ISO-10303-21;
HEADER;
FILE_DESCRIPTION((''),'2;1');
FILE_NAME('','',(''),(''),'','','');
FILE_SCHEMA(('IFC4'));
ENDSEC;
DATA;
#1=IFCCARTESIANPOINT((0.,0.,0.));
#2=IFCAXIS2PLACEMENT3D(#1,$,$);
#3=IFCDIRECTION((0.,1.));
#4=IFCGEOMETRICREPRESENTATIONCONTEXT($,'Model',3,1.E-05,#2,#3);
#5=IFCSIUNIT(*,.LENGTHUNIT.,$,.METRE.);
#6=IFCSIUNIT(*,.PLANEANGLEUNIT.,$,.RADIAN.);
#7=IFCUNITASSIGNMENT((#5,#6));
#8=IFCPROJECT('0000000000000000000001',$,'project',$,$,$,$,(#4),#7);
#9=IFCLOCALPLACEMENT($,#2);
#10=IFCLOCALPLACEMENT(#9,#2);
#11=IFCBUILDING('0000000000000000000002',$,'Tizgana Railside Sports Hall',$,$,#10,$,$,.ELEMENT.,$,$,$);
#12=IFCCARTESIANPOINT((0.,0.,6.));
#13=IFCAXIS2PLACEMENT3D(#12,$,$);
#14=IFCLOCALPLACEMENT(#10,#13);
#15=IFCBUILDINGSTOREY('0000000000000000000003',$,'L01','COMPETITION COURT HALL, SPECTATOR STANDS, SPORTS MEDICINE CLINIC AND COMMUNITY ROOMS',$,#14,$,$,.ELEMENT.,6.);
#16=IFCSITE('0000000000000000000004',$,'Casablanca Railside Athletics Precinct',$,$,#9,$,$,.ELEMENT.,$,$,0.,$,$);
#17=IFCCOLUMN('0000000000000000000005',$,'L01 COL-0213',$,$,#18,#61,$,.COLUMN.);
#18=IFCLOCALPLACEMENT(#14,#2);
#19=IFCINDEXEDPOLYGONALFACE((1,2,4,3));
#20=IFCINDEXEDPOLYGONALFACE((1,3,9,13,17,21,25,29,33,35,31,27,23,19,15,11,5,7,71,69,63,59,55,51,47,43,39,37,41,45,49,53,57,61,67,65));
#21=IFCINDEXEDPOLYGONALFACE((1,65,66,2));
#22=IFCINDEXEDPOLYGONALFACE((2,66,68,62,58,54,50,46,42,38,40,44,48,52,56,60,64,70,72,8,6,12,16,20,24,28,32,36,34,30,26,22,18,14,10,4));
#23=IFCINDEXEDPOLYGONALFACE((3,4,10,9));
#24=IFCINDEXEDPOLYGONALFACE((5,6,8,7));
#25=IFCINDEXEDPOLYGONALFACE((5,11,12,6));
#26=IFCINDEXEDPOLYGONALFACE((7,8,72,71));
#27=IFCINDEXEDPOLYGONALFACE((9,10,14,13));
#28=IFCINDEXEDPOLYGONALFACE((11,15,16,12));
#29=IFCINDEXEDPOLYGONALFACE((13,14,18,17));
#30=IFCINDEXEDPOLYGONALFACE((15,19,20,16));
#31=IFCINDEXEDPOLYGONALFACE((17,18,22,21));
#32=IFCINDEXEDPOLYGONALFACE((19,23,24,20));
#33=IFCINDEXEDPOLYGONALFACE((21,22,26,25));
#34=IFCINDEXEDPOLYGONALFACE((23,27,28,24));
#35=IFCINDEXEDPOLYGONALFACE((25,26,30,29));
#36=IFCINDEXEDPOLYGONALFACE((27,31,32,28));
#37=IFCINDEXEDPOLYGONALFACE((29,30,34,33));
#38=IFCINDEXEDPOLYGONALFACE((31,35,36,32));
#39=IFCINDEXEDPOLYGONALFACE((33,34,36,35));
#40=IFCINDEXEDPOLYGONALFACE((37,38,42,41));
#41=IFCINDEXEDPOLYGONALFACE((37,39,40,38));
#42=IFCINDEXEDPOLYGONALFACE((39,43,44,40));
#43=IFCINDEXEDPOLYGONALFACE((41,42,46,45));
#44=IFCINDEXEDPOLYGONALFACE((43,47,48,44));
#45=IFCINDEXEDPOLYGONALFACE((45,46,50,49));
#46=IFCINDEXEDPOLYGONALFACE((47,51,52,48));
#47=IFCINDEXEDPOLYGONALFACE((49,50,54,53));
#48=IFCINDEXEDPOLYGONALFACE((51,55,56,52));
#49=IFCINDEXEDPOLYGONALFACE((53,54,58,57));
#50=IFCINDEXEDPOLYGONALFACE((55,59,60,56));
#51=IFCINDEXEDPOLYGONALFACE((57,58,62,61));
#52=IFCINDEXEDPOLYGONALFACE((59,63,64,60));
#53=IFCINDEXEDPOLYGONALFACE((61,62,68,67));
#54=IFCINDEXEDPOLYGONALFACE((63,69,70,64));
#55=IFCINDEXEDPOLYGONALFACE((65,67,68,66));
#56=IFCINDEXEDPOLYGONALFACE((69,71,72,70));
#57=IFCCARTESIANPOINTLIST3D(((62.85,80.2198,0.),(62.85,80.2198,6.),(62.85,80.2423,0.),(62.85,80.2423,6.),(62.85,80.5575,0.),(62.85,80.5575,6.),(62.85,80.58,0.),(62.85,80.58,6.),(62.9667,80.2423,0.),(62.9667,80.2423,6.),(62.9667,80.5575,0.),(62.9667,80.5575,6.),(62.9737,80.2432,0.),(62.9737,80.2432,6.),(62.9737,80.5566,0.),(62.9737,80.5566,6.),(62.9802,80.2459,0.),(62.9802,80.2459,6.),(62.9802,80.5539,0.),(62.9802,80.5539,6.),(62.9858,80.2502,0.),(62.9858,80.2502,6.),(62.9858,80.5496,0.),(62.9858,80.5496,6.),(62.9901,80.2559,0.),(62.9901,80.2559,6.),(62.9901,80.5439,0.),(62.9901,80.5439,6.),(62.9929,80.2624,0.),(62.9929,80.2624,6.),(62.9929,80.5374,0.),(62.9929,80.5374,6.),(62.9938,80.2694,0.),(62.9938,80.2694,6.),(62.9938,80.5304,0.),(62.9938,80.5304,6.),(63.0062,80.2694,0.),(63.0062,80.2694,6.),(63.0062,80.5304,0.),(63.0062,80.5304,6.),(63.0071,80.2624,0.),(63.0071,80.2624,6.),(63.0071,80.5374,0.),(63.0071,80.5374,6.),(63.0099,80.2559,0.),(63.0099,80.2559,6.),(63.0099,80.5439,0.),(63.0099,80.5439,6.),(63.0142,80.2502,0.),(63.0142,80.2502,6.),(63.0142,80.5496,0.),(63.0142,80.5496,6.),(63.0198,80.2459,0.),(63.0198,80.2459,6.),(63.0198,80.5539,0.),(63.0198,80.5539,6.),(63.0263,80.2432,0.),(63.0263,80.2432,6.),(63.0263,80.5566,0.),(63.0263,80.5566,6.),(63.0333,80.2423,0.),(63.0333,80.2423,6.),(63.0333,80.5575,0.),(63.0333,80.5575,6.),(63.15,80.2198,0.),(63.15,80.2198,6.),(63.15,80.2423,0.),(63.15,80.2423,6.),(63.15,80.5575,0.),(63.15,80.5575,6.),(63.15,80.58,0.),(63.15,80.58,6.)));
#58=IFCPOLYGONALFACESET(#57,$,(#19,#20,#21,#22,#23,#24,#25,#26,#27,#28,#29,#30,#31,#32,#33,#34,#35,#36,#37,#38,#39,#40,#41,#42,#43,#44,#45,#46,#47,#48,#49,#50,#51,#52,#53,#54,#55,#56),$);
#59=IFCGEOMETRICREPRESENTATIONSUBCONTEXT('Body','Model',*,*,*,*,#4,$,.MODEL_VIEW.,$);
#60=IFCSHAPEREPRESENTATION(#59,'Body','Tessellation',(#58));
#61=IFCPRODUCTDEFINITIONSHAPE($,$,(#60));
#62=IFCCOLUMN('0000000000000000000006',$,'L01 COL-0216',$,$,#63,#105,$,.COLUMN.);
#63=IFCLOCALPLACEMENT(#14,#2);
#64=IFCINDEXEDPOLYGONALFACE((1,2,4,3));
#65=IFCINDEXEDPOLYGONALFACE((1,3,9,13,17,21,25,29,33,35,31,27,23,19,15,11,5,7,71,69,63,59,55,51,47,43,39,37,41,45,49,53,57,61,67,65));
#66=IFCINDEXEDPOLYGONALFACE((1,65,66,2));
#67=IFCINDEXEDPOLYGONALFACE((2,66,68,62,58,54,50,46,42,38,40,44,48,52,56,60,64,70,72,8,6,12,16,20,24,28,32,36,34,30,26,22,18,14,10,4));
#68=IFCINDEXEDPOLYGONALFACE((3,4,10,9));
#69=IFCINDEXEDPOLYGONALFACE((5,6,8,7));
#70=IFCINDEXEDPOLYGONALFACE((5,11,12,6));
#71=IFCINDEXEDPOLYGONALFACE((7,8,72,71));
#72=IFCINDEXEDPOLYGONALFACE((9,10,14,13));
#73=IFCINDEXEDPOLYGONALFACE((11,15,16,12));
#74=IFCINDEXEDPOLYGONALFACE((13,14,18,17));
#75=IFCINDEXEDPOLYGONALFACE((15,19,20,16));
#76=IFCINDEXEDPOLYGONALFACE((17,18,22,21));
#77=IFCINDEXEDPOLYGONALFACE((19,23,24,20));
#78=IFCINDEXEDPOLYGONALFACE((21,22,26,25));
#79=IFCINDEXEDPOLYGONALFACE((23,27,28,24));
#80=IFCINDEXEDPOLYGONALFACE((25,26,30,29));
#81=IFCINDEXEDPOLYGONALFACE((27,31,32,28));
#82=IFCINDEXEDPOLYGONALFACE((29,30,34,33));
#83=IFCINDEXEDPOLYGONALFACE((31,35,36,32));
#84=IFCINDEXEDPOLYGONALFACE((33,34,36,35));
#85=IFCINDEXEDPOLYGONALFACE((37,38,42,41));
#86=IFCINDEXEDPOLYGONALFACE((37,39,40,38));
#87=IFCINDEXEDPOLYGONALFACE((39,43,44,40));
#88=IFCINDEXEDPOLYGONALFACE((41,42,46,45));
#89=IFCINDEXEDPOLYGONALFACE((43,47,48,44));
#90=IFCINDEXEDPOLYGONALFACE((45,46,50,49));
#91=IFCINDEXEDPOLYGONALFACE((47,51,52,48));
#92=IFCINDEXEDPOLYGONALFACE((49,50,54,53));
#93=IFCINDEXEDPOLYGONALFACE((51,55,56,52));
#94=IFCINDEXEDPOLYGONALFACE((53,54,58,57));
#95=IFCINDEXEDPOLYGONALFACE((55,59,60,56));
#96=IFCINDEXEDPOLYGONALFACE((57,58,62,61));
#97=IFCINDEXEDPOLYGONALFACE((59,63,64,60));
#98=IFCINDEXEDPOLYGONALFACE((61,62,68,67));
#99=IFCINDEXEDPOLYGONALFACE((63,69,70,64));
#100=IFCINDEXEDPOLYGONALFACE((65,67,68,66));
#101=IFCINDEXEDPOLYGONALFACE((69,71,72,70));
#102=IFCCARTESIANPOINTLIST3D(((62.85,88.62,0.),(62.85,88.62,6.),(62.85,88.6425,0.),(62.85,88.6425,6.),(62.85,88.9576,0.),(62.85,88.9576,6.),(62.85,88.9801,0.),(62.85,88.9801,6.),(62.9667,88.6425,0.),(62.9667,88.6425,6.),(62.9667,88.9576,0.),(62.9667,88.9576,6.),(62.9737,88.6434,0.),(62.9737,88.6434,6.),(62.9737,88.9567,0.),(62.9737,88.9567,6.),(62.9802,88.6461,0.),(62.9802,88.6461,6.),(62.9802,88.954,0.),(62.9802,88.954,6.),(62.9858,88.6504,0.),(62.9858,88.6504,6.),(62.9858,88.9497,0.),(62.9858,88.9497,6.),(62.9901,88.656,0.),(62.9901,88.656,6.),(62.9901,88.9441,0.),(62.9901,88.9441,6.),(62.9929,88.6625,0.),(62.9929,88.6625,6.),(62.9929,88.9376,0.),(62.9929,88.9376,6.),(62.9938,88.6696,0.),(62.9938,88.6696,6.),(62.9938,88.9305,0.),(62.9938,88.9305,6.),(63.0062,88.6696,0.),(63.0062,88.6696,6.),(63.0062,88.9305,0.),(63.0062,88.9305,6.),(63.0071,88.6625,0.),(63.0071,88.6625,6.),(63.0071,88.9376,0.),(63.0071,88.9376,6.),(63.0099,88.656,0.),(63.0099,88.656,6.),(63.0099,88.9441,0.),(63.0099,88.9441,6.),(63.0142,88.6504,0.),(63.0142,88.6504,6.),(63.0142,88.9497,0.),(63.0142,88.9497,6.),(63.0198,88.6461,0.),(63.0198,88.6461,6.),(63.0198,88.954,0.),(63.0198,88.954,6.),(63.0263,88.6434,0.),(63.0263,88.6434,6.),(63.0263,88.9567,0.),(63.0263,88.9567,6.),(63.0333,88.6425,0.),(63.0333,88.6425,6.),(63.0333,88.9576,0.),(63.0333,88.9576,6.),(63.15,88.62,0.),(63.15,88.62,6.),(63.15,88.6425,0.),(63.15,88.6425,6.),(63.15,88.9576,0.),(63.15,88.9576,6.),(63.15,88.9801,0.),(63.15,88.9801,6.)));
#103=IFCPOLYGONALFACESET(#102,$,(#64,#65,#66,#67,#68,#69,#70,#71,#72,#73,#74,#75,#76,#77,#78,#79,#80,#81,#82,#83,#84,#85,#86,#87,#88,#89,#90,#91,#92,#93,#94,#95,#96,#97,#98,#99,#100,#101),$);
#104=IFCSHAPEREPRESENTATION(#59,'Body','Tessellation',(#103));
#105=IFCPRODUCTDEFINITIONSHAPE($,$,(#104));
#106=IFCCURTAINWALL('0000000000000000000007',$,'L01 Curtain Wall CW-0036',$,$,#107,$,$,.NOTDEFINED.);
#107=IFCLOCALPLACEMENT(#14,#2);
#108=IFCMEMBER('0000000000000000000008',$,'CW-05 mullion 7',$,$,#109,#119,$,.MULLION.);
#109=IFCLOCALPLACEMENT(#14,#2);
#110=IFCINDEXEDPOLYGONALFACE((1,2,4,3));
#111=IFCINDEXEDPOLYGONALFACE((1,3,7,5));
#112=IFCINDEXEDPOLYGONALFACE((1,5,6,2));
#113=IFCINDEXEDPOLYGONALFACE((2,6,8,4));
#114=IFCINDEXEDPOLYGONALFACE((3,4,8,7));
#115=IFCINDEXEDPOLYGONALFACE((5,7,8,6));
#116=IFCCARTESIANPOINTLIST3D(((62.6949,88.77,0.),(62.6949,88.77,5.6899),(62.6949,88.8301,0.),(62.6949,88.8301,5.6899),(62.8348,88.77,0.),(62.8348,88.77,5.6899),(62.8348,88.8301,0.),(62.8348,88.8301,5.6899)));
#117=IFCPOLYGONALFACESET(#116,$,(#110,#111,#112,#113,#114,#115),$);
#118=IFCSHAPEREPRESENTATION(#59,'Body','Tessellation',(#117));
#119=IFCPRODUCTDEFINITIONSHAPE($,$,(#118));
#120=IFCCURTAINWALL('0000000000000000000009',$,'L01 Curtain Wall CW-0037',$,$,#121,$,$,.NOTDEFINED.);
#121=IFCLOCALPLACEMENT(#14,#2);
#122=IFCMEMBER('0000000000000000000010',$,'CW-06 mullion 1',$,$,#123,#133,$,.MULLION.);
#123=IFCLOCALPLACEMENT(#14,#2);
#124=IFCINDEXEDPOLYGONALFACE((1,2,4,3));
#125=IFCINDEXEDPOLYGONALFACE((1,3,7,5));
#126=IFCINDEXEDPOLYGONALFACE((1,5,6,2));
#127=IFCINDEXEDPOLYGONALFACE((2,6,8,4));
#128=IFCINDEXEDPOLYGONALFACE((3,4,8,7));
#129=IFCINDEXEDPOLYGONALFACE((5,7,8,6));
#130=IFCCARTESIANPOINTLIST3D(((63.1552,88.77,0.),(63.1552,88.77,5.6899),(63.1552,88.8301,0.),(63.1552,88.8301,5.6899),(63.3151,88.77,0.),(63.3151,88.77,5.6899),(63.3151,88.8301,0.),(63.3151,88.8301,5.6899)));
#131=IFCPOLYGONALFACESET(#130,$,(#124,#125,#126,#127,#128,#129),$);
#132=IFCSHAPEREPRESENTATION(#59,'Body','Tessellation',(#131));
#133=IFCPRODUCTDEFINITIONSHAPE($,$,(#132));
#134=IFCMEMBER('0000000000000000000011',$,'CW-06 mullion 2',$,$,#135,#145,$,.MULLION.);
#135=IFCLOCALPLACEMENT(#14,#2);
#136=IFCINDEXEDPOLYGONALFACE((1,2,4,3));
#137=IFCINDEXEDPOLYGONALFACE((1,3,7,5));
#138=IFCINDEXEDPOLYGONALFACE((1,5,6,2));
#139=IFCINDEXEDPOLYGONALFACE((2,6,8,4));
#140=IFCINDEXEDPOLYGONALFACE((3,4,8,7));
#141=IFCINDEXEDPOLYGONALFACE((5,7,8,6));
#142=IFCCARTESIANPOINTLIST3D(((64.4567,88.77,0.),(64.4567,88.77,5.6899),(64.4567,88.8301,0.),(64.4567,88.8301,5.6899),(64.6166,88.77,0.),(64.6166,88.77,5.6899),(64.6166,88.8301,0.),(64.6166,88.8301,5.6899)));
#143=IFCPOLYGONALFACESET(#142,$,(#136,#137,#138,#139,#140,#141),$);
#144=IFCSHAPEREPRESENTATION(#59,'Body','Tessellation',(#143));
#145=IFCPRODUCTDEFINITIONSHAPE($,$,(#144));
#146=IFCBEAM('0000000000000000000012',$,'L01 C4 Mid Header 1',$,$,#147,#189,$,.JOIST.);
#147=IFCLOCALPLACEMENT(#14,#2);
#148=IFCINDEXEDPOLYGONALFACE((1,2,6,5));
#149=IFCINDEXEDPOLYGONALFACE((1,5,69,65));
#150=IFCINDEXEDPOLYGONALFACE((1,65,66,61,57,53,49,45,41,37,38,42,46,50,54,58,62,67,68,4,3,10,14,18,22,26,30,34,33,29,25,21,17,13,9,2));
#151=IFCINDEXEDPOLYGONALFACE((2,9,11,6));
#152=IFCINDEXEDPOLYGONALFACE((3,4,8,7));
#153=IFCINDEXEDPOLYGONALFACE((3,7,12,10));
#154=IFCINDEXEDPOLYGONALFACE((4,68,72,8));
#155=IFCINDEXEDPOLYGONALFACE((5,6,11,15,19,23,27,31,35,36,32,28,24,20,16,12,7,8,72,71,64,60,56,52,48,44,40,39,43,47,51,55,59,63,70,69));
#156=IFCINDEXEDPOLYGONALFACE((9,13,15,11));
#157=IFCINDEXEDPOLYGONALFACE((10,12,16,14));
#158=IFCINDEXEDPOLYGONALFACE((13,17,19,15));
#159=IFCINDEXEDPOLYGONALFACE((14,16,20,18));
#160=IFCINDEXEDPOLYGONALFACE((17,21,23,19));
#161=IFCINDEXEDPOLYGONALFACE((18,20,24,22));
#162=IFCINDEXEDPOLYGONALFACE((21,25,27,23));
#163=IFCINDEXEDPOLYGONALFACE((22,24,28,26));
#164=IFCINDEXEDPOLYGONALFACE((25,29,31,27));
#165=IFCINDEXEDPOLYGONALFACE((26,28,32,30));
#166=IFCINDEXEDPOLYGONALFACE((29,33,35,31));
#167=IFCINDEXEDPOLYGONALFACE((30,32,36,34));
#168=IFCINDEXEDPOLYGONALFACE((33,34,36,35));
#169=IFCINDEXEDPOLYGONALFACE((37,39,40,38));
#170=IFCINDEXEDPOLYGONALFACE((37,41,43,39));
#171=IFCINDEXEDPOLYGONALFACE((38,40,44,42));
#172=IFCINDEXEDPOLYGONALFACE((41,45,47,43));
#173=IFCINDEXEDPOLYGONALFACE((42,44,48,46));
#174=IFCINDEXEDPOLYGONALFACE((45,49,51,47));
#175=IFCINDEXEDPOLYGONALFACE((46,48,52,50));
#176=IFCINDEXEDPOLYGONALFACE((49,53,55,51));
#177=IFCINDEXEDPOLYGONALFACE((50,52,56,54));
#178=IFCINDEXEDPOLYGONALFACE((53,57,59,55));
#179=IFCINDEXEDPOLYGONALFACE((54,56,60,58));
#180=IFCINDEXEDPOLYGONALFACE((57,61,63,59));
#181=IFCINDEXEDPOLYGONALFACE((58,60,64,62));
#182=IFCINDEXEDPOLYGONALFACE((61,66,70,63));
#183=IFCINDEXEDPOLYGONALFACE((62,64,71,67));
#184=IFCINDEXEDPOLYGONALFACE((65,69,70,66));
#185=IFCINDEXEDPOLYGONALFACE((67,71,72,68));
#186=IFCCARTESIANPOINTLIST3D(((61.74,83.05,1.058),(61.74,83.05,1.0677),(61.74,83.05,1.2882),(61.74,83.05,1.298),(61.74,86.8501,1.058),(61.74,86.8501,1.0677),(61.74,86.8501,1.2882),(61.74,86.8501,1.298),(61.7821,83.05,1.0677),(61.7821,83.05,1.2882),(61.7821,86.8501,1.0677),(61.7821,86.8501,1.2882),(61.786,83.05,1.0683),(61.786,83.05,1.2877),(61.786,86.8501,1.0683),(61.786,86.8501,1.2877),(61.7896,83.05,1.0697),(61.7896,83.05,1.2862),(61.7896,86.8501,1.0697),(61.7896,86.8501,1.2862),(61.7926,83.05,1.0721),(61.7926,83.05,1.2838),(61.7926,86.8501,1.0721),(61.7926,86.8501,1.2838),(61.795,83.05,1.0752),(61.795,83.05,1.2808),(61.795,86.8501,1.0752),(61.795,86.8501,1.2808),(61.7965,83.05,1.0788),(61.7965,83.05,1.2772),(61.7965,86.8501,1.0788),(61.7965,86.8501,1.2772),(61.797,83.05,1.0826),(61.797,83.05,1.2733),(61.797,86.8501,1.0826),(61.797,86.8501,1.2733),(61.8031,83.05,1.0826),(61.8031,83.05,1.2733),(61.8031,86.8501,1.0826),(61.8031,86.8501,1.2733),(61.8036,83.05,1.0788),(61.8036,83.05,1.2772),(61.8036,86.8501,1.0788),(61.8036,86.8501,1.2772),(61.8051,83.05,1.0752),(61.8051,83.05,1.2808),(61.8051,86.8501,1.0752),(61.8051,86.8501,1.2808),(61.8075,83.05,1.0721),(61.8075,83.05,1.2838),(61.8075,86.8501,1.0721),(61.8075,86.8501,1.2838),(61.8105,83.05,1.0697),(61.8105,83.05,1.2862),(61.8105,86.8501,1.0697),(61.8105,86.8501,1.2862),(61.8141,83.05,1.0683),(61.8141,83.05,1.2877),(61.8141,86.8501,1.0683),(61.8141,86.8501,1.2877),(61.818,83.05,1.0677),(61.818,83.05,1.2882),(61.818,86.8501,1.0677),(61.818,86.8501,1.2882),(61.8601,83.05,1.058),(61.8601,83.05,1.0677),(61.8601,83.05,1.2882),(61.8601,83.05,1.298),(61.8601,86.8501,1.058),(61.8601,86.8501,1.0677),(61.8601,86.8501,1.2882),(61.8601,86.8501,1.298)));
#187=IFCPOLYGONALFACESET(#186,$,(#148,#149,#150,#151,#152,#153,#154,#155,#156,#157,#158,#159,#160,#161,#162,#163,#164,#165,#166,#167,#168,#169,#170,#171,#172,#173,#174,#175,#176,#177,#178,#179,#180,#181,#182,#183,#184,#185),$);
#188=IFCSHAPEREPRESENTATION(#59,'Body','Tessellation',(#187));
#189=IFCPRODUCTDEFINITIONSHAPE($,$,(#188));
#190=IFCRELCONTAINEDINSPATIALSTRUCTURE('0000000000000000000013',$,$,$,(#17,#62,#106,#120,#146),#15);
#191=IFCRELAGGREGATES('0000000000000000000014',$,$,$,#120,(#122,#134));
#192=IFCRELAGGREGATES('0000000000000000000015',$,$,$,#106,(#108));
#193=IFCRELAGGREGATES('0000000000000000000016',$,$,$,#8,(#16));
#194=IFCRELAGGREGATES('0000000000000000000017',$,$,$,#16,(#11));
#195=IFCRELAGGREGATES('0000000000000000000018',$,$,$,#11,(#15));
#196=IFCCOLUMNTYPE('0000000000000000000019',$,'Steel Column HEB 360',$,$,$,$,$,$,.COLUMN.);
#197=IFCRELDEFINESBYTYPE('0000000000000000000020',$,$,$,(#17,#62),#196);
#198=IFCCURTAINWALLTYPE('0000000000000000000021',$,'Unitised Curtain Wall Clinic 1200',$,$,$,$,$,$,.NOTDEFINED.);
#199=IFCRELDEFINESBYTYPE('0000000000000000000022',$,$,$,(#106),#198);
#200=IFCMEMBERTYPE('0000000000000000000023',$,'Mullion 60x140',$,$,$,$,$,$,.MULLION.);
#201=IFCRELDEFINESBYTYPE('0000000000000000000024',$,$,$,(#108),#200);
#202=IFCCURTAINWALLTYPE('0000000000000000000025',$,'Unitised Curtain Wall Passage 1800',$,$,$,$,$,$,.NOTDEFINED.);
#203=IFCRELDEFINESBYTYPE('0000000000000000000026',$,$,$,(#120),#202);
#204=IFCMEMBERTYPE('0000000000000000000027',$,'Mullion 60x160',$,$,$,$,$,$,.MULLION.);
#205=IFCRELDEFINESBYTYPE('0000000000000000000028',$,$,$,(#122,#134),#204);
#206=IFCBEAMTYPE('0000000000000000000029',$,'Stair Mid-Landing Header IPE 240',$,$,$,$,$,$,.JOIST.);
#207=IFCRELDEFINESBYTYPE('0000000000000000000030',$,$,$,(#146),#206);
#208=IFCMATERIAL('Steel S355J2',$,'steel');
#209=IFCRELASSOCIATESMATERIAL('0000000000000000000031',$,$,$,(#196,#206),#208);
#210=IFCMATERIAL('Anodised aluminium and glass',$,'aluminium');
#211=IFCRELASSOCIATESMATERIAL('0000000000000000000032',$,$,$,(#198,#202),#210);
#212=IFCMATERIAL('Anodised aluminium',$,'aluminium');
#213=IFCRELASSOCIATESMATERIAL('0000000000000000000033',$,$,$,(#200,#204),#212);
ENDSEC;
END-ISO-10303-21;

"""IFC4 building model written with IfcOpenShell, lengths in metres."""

from ifc_helpers import new_model, si_unit, direction, frame, origin, origin_2d, place, context, subcontext, project, spatial, rectangle, i_section, extrude, material, material_profile, profile_set, type_object, element, aggregate, save


model = new_model("IFC4")

# Units and contexts
model_context = context("Model", 3, precision=1e-05, world=origin(), true_north=direction((0.0, 1.0)))
body_context = subcontext(model_context, "Body", "Model", "MODEL_VIEW")
ifc_project = project(units=[si_unit("LENGTHUNIT", "METRE"), si_unit("PLANEANGLEUNIT", "RADIAN")], contexts=[model_context])

# Site, building, storey
site_placement = place(None, origin())
site = spatial("IfcSite", under=ifc_project, at=site_placement, Name="Casablanca Railside Athletics Precinct", CompositionType="ELEMENT", RefElevation=0.0)
building_placement = place(site_placement, origin())
building = spatial("IfcBuilding", under=site, at=building_placement, Name="Tizgana Railside Sports Hall", CompositionType="ELEMENT")
storey_placement = place(building_placement, frame((0.0, 0.0, 6.0)))
storey = spatial("IfcBuildingStorey", under=building, at=storey_placement, Name="L01", Description="COMPETITION COURT HALL, SPECTATOR STANDS, SPORTS MEDICINE CLINIC AND COMMUNITY ROOMS", CompositionType="ELEMENT", Elevation=6.0)

# Columns
ifc_material_1 = material(Name="Steel S355J2", Category="steel")
ifc_material_profile_1 = material_profile(ifc_material_1, i_section(OverallWidth=0.3, OverallDepth=0.3601, WebThickness=0.0125, FlangeThickness=0.0225, FilletRadius=0.0271, at=origin_2d()), Name="HEB 360")
ifc_profile_set_1 = profile_set([ifc_material_profile_1], Name="Steel S355J2")
column_type = type_object("IfcColumnType", Name="Steel Column HEB 360", PredefinedType="COLUMN", material=ifc_profile_set_1)
for number, where, z_axis, x_axis, name in (
    (1, (63.0, 80.3999, 0.0), (0.0, 0.0, 1.0), (1.0, 0.0, 0.0), "L01 COL-0213"),
    (2, (63.0, 88.8, 0.0), (0.0, 0.0, 1.0), (1.0, 0.0, 0.0), "L01 COL-0216"),
):
    element("IfcColumn", number, at=place(storey_placement, frame(where, z_axis=z_axis, x_axis=x_axis)), inside=storey, type_object=column_type, Name=name, PredefinedType="COLUMN", context=body_context, shape_type="SweptSolid", body=[
        extrude(i_section(OverallWidth=0.3, OverallDepth=0.3601, WebThickness=0.0125, FlangeThickness=0.0225, FilletRadius=0.0271, at=origin_2d()), origin(), (0.0, 0.0, 1.0), 6.0),
    ])

# Curtain wall, member
ifc_material_2 = material(Name="Anodised aluminium and glass", Category="aluminium")
curtain_wall_type_1 = type_object("IfcCurtainWallType", Name="Unitised Curtain Wall Clinic 1200", PredefinedType="NOTDEFINED", material=ifc_material_2)
curtain_wall_1_placement = place(storey_placement, origin())
curtain_wall_1 = element("IfcCurtainWall", 3, at=curtain_wall_1_placement, inside=storey, type_object=curtain_wall_type_1, Name="L01 Curtain Wall CW-0036", PredefinedType="NOTDEFINED")
ifc_material_3 = material(Name="Anodised aluminium", Category="aluminium")
ifc_material_profile_2 = material_profile(ifc_material_3, rectangle(XDim=0.0601, YDim=0.1399, at=origin_2d()), Name="Mullion 60x140")
ifc_profile_set_2 = profile_set([ifc_material_profile_2], Name="Anodised aluminium")
member_type_1 = type_object("IfcMemberType", Name="Mullion 60x140", PredefinedType="MULLION", material=ifc_profile_set_2)
member_1_placement = place(storey_placement, frame((62.7649, 88.8, 0.0), z_axis=(0.0, 0.0, 1.0), x_axis=(0.0, 1.0, 0.0)))
member_1 = element("IfcMember", 4, at=member_1_placement, type_object=member_type_1, Name="CW-05 mullion 7", PredefinedType="MULLION", context=body_context, shape_type="SweptSolid", body=[
    extrude(rectangle(XDim=0.0601, YDim=0.1399, at=origin_2d()), origin(), (0.0, 0.0, 1.0), 5.6899),
])

# Curtain wall, members
curtain_wall_type_2 = type_object("IfcCurtainWallType", Name="Unitised Curtain Wall Passage 1800", PredefinedType="NOTDEFINED", material=ifc_material_2)
curtain_wall_2_placement = place(storey_placement, origin())
curtain_wall_2 = element("IfcCurtainWall", 5, at=curtain_wall_2_placement, inside=storey, type_object=curtain_wall_type_2, Name="L01 Curtain Wall CW-0037", PredefinedType="NOTDEFINED")
ifc_material_profile_3 = material_profile(ifc_material_3, rectangle(XDim=0.0601, YDim=0.1599, at=origin_2d()), Name="Mullion 60x160")
ifc_profile_set_3 = profile_set([ifc_material_profile_3], Name="Anodised aluminium")
member_type_2 = type_object("IfcMemberType", Name="Mullion 60x160", PredefinedType="MULLION", material=ifc_profile_set_3)
member_2_placement = place(storey_placement, frame((63.2351, 88.8, 0.0), z_axis=(0.0, 0.0, 1.0), x_axis=(0.0, 1.0, 0.0)))
member_2 = element("IfcMember", 6, at=member_2_placement, type_object=member_type_2, Name="CW-06 mullion 1", PredefinedType="MULLION", context=body_context, shape_type="SweptSolid", body=[
    extrude(rectangle(XDim=0.0601, YDim=0.1599, at=origin_2d()), origin(), (0.0, 0.0, 1.0), 5.6899),
])
member_3_placement = place(storey_placement, frame((64.5366, 88.8, 0.0), z_axis=(0.0, 0.0, 1.0), x_axis=(0.0, 1.0, 0.0)))
member_3 = element("IfcMember", 7, at=member_3_placement, type_object=member_type_2, Name="CW-06 mullion 2", PredefinedType="MULLION", context=body_context, shape_type="SweptSolid", body=[
    extrude(rectangle(XDim=0.0601, YDim=0.1599, at=origin_2d()), origin(), (0.0, 0.0, 1.0), 5.6899),
])

# Beam
ifc_material_profile_4 = material_profile(ifc_material_1, i_section(OverallWidth=0.1201, OverallDepth=0.24, WebThickness=0.0061, FlangeThickness=0.0098, FilletRadius=0.0149, at=origin_2d()), Name="IPE 240")
ifc_profile_set_4 = profile_set([ifc_material_profile_4], Name="Steel S355J2")
beam_type_1 = type_object("IfcBeamType", Name="Stair Mid-Landing Header IPE 240", PredefinedType="JOIST", material=ifc_profile_set_4)
for number, where, z_axis, x_axis, name in (
    (8, (61.8, 83.05, 1.178), (0.0, 1.0, 0.0), (-1.0, 0.0, 0.0), "L01 C4 Mid Header 1"),
):
    element("IfcBeam", number, at=place(storey_placement, frame(where, z_axis=z_axis, x_axis=x_axis)), inside=storey, type_object=beam_type_1, Name=name, PredefinedType="JOIST", context=body_context, shape_type="SweptSolid", body=[
        extrude(i_section(OverallWidth=0.1201, OverallDepth=0.24, WebThickness=0.0061, FlangeThickness=0.0098, FilletRadius=0.0149, at=origin_2d()), origin(), (0.0, 0.0, 1.0), 3.8),
    ])

aggregate(curtain_wall_2, [member_2, member_3])
aggregate(curtain_wall_1, [member_1])

save(model, "model.ifc")
